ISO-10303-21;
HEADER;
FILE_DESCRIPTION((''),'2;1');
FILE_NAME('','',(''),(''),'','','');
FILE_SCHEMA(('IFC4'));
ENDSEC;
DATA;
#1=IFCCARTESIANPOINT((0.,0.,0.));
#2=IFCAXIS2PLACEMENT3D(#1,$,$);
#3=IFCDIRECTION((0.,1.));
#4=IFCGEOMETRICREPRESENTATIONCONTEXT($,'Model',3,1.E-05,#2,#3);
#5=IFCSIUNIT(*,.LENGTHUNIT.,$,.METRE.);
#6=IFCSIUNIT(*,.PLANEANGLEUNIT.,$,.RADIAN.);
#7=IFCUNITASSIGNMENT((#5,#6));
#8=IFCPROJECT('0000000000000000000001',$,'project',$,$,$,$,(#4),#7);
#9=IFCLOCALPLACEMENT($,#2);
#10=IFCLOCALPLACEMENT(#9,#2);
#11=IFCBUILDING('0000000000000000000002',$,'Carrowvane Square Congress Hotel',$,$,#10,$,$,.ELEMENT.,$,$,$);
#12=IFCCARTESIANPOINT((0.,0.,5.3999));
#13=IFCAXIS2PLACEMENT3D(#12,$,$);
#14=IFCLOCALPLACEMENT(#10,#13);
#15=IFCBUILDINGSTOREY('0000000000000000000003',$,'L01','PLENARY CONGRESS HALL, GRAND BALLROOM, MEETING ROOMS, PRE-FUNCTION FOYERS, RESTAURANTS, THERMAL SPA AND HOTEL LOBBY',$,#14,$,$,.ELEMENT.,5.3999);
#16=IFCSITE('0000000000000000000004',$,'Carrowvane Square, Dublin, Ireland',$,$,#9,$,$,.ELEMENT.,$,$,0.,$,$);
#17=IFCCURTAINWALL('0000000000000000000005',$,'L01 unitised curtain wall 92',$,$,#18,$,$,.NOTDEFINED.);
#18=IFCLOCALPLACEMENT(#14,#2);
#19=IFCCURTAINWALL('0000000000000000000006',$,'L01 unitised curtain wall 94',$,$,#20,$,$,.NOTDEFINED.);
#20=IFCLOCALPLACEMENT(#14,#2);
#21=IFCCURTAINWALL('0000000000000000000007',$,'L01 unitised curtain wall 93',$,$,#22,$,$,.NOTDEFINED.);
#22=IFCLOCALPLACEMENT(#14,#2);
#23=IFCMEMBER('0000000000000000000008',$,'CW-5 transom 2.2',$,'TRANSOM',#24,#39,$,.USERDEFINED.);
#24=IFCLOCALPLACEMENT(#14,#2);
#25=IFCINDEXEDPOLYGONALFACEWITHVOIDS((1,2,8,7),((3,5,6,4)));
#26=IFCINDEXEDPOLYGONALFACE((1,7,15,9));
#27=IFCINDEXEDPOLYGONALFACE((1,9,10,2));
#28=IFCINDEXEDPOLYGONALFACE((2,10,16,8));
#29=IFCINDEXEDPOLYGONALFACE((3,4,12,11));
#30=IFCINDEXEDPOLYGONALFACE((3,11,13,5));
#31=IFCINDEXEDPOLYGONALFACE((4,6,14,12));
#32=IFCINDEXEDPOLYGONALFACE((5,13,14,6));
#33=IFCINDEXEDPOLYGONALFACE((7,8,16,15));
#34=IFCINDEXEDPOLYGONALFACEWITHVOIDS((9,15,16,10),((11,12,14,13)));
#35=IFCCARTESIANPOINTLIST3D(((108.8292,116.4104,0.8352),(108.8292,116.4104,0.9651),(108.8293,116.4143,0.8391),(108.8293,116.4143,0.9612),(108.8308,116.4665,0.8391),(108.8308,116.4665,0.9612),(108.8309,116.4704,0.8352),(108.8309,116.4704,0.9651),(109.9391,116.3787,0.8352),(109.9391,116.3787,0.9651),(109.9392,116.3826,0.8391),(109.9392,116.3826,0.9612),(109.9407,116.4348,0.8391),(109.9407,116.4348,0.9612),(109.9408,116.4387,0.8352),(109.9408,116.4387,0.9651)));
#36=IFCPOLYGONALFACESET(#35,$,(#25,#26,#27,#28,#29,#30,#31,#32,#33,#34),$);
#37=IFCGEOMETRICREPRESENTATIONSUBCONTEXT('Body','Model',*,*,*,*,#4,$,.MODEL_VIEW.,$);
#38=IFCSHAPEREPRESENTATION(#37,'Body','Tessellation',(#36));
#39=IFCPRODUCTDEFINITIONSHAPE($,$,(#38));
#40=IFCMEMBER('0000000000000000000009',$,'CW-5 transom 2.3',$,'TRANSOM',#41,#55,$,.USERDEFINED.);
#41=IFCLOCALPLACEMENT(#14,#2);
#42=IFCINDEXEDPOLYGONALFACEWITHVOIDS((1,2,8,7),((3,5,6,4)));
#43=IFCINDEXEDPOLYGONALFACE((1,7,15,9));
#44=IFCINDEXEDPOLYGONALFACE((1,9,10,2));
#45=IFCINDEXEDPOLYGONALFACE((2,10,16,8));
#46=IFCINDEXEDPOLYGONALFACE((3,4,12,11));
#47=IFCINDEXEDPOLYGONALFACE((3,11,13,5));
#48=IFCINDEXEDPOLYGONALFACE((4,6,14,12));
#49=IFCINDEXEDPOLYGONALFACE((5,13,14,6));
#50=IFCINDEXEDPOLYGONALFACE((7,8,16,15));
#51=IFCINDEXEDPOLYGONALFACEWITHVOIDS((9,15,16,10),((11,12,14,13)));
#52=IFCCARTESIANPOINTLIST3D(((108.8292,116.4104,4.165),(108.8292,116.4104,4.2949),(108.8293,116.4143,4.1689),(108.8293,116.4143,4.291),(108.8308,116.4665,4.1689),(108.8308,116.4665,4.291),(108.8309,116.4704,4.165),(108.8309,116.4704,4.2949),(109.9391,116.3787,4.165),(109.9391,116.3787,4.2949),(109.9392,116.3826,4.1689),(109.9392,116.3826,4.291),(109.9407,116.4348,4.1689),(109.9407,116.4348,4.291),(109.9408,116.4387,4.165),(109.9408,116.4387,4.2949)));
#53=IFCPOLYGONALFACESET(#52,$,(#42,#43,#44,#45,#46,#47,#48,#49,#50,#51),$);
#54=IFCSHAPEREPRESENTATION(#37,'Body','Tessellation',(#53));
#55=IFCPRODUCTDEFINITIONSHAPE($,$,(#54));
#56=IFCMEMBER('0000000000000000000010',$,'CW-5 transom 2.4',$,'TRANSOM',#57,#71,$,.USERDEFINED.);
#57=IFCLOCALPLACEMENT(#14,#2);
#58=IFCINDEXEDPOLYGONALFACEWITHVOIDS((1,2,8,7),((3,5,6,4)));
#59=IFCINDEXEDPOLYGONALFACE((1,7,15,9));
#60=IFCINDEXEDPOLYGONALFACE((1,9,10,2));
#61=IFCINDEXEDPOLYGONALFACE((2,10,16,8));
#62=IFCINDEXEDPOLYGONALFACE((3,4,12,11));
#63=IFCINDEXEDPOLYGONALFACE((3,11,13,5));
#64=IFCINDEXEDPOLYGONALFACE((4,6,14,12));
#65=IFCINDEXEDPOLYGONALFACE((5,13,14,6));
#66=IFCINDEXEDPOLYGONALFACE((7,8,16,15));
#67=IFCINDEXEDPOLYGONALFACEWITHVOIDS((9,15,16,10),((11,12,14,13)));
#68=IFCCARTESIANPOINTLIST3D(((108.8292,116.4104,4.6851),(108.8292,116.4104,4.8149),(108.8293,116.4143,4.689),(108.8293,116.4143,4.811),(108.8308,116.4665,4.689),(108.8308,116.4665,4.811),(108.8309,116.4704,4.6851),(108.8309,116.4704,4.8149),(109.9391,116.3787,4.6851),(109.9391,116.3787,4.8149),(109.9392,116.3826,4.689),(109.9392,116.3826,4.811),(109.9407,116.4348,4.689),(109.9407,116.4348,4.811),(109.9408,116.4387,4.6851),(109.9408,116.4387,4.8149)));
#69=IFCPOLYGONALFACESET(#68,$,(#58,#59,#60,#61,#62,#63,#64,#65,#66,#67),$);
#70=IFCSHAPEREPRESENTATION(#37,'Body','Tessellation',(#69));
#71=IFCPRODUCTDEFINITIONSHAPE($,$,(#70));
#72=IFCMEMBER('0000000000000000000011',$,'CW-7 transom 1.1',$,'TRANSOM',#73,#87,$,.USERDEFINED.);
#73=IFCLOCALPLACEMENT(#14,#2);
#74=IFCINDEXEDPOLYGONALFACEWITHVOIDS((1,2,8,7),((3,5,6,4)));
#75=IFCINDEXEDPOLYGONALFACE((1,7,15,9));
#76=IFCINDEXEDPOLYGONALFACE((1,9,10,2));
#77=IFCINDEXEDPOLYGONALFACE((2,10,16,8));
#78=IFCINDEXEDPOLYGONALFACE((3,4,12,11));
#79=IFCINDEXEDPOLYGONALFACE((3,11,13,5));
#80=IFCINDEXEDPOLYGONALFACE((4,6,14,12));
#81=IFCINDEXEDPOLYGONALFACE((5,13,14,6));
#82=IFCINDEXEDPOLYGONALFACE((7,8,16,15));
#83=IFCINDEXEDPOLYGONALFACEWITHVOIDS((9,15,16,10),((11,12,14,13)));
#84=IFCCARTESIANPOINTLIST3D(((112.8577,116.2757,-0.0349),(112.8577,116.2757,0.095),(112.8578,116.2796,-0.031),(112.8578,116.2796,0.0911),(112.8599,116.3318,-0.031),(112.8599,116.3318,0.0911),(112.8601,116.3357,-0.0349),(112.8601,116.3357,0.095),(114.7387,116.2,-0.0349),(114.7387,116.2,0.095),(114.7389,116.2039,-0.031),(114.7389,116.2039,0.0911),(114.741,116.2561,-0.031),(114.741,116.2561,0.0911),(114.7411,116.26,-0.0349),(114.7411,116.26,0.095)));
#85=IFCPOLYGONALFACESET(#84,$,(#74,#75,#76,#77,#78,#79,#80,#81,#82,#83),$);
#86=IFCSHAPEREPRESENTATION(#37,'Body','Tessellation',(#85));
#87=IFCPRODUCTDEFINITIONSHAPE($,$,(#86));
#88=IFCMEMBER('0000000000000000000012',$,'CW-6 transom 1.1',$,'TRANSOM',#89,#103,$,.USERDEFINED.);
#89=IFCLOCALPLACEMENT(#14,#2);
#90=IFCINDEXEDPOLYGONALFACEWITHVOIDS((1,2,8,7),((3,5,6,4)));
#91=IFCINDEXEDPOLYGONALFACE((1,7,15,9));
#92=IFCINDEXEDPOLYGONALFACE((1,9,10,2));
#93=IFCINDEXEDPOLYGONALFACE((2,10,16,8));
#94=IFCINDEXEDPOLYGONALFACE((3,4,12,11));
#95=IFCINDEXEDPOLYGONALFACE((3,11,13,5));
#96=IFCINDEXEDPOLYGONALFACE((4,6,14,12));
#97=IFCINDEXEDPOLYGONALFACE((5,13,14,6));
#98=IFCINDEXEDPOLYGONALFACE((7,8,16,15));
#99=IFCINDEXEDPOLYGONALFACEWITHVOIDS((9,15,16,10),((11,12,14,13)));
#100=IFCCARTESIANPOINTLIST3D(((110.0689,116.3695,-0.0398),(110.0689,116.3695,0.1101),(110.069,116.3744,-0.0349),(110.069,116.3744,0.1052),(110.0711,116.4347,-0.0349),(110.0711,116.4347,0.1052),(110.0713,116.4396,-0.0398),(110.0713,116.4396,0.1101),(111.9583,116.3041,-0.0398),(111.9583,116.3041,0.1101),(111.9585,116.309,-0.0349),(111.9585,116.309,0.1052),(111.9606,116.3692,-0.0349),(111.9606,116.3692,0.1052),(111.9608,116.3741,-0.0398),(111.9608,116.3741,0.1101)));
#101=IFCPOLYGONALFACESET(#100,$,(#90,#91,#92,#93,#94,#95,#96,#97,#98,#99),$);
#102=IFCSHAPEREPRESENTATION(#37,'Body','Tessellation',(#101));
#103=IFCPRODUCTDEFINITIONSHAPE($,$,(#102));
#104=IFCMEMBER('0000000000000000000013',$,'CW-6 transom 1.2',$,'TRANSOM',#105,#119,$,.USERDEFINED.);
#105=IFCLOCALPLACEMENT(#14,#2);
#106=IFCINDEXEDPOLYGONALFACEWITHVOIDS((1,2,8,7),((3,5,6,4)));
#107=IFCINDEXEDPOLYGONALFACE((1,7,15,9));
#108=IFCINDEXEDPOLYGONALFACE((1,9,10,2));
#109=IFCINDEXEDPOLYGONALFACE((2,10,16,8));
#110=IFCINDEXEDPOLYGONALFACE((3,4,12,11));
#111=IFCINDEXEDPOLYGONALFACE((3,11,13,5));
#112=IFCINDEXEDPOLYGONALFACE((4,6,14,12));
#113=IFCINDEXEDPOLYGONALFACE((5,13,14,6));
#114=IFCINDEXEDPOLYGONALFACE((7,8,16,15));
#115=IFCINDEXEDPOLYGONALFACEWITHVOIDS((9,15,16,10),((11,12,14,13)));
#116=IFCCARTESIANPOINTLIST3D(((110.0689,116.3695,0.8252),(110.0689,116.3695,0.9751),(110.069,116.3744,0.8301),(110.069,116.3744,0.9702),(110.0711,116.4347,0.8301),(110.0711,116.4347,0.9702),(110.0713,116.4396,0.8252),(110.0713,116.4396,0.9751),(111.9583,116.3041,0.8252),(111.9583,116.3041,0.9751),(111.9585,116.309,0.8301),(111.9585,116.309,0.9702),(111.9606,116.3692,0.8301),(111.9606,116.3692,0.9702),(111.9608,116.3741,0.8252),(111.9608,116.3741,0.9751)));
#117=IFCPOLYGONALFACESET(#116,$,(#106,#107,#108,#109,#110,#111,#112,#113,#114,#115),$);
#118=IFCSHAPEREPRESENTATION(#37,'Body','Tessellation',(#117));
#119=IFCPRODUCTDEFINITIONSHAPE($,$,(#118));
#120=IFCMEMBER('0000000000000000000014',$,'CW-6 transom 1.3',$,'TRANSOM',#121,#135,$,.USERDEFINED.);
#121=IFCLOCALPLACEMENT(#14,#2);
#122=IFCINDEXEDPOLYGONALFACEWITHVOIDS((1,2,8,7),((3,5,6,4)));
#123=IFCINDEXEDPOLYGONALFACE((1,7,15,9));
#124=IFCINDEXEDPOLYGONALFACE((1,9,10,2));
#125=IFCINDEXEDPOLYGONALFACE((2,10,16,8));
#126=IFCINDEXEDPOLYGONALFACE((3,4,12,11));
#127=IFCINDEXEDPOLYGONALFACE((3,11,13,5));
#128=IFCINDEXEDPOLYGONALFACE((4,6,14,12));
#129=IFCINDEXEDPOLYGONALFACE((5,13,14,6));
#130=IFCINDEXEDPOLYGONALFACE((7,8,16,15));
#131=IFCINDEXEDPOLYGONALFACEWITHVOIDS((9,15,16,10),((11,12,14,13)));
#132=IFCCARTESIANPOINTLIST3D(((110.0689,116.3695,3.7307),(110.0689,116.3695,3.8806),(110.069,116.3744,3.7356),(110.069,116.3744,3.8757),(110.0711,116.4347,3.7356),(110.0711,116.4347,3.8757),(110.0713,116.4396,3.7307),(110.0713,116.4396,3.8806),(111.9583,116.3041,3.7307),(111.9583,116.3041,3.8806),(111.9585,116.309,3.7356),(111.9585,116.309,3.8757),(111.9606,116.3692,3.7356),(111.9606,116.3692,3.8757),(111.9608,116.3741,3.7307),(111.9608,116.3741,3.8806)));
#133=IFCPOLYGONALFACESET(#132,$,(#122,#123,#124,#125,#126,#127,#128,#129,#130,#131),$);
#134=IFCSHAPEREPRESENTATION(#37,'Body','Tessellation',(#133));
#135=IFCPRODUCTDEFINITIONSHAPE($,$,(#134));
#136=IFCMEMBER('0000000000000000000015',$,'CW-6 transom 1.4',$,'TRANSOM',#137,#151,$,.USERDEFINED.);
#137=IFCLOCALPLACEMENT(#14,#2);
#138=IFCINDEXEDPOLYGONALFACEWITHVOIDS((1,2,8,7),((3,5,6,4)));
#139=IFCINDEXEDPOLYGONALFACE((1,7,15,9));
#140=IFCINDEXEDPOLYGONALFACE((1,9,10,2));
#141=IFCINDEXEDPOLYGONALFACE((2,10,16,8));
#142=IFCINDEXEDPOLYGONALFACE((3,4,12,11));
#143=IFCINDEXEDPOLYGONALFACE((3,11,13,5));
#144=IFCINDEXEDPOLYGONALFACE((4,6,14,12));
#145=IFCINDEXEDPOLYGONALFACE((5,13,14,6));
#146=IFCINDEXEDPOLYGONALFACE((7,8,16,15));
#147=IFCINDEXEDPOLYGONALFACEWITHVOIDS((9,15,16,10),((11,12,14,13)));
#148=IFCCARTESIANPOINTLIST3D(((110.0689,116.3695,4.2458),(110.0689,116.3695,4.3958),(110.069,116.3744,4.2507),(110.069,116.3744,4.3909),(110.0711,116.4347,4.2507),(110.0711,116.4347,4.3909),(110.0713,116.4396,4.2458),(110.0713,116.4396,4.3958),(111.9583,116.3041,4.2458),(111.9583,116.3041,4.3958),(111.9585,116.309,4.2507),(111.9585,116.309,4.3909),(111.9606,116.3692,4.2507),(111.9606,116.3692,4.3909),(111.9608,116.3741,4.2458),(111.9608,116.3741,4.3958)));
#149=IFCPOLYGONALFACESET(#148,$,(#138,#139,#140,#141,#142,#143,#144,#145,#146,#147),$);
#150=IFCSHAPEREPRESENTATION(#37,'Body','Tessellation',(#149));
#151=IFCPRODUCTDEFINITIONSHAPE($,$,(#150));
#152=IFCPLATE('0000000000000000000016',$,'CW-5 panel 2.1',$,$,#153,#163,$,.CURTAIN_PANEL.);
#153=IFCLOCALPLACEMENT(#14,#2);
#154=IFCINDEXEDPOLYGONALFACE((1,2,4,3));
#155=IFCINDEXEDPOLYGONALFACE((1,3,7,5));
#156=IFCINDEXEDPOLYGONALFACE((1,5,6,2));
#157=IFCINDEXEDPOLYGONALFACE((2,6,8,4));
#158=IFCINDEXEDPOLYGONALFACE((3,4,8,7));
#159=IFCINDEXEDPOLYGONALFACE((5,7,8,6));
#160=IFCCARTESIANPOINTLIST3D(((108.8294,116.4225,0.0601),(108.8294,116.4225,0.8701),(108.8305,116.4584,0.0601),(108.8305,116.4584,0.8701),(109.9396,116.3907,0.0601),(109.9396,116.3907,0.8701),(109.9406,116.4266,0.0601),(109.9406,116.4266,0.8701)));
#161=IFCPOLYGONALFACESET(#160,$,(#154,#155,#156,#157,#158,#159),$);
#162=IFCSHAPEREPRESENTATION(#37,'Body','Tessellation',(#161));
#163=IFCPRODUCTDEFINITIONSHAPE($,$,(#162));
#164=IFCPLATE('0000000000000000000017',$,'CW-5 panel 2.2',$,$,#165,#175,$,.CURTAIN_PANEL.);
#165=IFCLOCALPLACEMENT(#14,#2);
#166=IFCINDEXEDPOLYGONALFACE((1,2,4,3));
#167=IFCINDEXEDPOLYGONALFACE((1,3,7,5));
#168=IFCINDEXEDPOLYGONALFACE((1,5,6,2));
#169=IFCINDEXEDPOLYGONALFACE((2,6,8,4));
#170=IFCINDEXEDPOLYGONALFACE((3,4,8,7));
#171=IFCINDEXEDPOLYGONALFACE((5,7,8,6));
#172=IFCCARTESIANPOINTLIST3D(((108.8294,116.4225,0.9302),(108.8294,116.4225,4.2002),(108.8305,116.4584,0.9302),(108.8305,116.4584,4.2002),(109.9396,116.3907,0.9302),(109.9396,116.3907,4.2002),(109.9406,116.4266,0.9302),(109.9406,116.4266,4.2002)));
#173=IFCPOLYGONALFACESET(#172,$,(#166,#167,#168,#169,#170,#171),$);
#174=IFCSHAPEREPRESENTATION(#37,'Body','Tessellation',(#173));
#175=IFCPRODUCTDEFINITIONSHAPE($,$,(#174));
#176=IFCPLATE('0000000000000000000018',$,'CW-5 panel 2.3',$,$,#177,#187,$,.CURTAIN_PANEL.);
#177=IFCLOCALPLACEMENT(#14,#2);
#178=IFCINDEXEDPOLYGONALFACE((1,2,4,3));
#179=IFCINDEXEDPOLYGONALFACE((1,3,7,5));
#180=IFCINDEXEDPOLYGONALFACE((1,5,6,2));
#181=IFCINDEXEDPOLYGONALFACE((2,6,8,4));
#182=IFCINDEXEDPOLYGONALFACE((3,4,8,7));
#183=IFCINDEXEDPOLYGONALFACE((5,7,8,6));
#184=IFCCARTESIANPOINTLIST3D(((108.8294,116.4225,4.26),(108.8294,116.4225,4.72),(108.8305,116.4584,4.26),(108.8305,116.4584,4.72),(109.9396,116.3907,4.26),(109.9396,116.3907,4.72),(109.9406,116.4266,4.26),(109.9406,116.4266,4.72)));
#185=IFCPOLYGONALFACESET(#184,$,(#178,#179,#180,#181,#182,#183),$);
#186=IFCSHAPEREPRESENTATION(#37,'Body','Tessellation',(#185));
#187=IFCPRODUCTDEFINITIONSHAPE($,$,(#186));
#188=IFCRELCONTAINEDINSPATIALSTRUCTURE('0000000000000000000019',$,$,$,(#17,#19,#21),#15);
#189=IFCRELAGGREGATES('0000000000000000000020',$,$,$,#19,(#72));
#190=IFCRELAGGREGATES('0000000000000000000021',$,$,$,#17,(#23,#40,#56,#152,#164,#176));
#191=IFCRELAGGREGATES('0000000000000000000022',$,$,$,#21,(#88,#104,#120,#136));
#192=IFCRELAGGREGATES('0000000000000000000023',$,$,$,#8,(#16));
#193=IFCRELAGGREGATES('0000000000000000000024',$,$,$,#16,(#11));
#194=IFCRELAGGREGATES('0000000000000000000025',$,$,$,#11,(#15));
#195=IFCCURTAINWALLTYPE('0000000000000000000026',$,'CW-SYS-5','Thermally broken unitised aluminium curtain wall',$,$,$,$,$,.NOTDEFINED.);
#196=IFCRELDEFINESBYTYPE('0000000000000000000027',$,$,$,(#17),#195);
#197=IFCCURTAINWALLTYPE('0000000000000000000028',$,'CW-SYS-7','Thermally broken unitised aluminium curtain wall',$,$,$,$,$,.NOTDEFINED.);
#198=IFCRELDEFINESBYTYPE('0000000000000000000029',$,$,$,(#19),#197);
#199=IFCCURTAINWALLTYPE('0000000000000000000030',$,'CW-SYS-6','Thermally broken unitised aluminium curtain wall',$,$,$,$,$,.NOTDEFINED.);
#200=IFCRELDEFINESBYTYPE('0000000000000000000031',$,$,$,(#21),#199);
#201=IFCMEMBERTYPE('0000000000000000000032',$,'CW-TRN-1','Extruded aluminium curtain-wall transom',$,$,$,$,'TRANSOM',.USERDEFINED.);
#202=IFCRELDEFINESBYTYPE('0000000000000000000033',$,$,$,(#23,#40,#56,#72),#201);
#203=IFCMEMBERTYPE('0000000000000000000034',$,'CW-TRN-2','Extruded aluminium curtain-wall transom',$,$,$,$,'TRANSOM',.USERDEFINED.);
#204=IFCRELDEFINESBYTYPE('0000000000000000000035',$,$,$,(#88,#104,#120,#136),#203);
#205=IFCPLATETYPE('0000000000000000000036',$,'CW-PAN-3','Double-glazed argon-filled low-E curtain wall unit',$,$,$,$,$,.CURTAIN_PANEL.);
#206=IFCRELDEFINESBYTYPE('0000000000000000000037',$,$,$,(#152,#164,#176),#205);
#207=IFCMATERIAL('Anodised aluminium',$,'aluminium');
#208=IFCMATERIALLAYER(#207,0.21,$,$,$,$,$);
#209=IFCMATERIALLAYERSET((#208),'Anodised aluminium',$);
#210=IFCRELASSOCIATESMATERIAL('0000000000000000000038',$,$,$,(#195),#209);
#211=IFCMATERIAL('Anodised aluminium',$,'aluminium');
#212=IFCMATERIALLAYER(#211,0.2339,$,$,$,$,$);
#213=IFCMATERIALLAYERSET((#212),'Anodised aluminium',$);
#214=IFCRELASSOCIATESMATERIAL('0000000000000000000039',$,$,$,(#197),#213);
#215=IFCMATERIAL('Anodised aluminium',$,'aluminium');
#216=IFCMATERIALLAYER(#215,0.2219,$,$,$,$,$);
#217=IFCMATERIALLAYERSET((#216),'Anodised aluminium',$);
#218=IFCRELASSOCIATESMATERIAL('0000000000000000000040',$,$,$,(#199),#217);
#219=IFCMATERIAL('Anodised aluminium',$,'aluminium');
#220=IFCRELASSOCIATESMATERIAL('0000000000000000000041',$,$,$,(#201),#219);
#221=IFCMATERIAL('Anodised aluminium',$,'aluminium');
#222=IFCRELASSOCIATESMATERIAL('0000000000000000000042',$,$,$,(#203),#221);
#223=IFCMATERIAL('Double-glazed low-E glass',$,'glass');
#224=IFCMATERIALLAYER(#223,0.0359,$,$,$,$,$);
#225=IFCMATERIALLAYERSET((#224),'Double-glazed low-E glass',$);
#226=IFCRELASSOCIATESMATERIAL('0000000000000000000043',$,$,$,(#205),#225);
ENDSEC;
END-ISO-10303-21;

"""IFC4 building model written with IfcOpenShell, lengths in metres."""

from ifc_helpers import new_model, si_unit, direction, frame, origin, origin_2d, place, context, subcontext, project, spatial, rectangle, hollow_rectangle, extrude, material, layer, layer_set, material_profile, profile_set, type_object, element, aggregate, save


model = new_model("IFC4")

# Units and contexts
model_context = context("Model", 3, precision=1e-05, world=origin(), true_north=direction((0.0, 1.0)))
body_context = subcontext(model_context, "Body", "Model", "MODEL_VIEW")
ifc_project = project(units=[si_unit("LENGTHUNIT", "METRE"), si_unit("PLANEANGLEUNIT", "RADIAN")], contexts=[model_context])

# Site, building, storey
site_placement = place(None, origin())
site = spatial("IfcSite", under=ifc_project, at=site_placement, Name="Carrowvane Square, Dublin, Ireland", CompositionType="ELEMENT", RefElevation=0.0)
building_placement = place(site_placement, origin())
building = spatial("IfcBuilding", under=site, at=building_placement, Name="Carrowvane Square Congress Hotel", CompositionType="ELEMENT")
storey_placement = place(building_placement, frame((0.0, 0.0, 5.3999)))
storey = spatial("IfcBuildingStorey", under=building, at=storey_placement, Name="L01", Description="PLENARY CONGRESS HALL, GRAND BALLROOM, MEETING ROOMS, PRE-FUNCTION FOYERS, RESTAURANTS, THERMAL SPA AND HOTEL LOBBY", CompositionType="ELEMENT", Elevation=5.3999)

# Curtain walls
ifc_material_1 = material(Name="Anodised aluminium", Category="aluminium")
ifc_layer_1 = layer(ifc_material_1, 0.21)
ifc_layer_set_1 = layer_set([ifc_layer_1], Name="Anodised aluminium")
curtain_wall_type_1 = type_object("IfcCurtainWallType", Name="CW-SYS-5", Description="Thermally broken unitised aluminium curtain wall", PredefinedType="NOTDEFINED", material=ifc_layer_set_1)
curtain_wall_1_placement = place(storey_placement, origin())
curtain_wall_1 = element("IfcCurtainWall", 1, at=curtain_wall_1_placement, inside=storey, type_object=curtain_wall_type_1, Name="L01 unitised curtain wall 92", PredefinedType="NOTDEFINED")
ifc_material_2 = material(Name="Anodised aluminium", Category="aluminium")
ifc_layer_2 = layer(ifc_material_2, 0.2339)
ifc_layer_set_2 = layer_set([ifc_layer_2], Name="Anodised aluminium")
curtain_wall_type_2 = type_object("IfcCurtainWallType", Name="CW-SYS-7", Description="Thermally broken unitised aluminium curtain wall", PredefinedType="NOTDEFINED", material=ifc_layer_set_2)
curtain_wall_2_placement = place(storey_placement, origin())
curtain_wall_2 = element("IfcCurtainWall", 2, at=curtain_wall_2_placement, inside=storey, type_object=curtain_wall_type_2, Name="L01 unitised curtain wall 94", PredefinedType="NOTDEFINED")

# Curtain wall
ifc_material_3 = material(Name="Anodised aluminium", Category="aluminium")
ifc_layer_3 = layer(ifc_material_3, 0.2219)
ifc_layer_set_3 = layer_set([ifc_layer_3], Name="Anodised aluminium")
curtain_wall_type_3 = type_object("IfcCurtainWallType", Name="CW-SYS-6", Description="Thermally broken unitised aluminium curtain wall", PredefinedType="NOTDEFINED", material=ifc_layer_set_3)
curtain_wall_3_placement = place(storey_placement, origin())
curtain_wall_3 = element("IfcCurtainWall", 3, at=curtain_wall_3_placement, inside=storey, type_object=curtain_wall_type_3, Name="L01 unitised curtain wall 93", PredefinedType="NOTDEFINED")

# Members
ifc_material_4 = material(Name="Anodised aluminium", Category="aluminium")
ifc_material_profile_1 = material_profile(ifc_material_4, hollow_rectangle(XDim=0.0601, YDim=0.1299, WallThickness=0.0039, at=origin_2d()), Name="CW-TR 60x130x4")
ifc_profile_set_1 = profile_set([ifc_material_profile_1], Name="Anodised aluminium")
member_type_1 = type_object("IfcMemberType", Name="CW-TRN-1", Description="Extruded aluminium curtain-wall transom", ElementType="TRANSOM", PredefinedType="USERDEFINED", material=ifc_profile_set_1)
member_1_placement = place(storey_placement, frame((108.8301, 116.4404, 0.9001), z_axis=(0.999591, -0.028585, 0.0), x_axis=(0.028585, 0.999591, 0.0)))
member_1 = element("IfcMember", 4, at=member_1_placement, type_object=member_type_1, Name="CW-5 transom 2.2", ObjectType="TRANSOM", PredefinedType="USERDEFINED", context=body_context, shape_type="SweptSolid", body=[
    extrude(hollow_rectangle(XDim=0.0601, YDim=0.1299, WallThickness=0.0039, at=origin_2d()), origin(), (0.0, 0.0, 1.0), 1.1104),
])
member_2_placement = place(storey_placement, frame((108.8301, 116.4404, 4.23), z_axis=(0.999591, -0.028585, 0.0), x_axis=(0.028585, 0.999591, 0.0)))
member_2 = element("IfcMember", 5, at=member_2_placement, type_object=member_type_1, Name="CW-5 transom 2.3", ObjectType="TRANSOM", PredefinedType="USERDEFINED", context=body_context, shape_type="SweptSolid", body=[
    extrude(hollow_rectangle(XDim=0.0601, YDim=0.1299, WallThickness=0.0039, at=origin_2d()), origin(), (0.0, 0.0, 1.0), 1.1104),
])
member_3_placement = place(storey_placement, frame((108.8301, 116.4404, 4.75), z_axis=(0.999591, -0.028585, 0.0), x_axis=(0.028585, 0.999591, 0.0)))
member_3 = element("IfcMember", 6, at=member_3_placement, type_object=member_type_1, Name="CW-5 transom 2.4", ObjectType="TRANSOM", PredefinedType="USERDEFINED", context=body_context, shape_type="SweptSolid", body=[
    extrude(hollow_rectangle(XDim=0.0601, YDim=0.1299, WallThickness=0.0039, at=origin_2d()), origin(), (0.0, 0.0, 1.0), 1.1104),
])
member_4_placement = place(storey_placement, frame((112.8589, 116.3057, 0.03), z_axis=(0.999192, -0.040201, 0.0), x_axis=(0.040201, 0.999192, 0.0)))
member_4 = element("IfcMember", 7, at=member_4_placement, type_object=member_type_1, Name="CW-7 transom 1.1", ObjectType="TRANSOM", PredefinedType="USERDEFINED", context=body_context, shape_type="SweptSolid", body=[
    extrude(hollow_rectangle(XDim=0.0601, YDim=0.1299, WallThickness=0.0039, at=origin_2d()), origin(), (0.0, 0.0, 1.0), 1.8826),
])
aggregate(curtain_wall_2, [member_4])
ifc_material_5 = material(Name="Anodised aluminium", Category="aluminium")
ifc_material_profile_2 = material_profile(ifc_material_5, hollow_rectangle(XDim=0.0701, YDim=0.1499, WallThickness=0.0049, at=origin_2d()), Name="CW-TR 70x150x5")
ifc_profile_set_2 = profile_set([ifc_material_profile_2], Name="Anodised aluminium")
member_type_2 = type_object("IfcMemberType", Name="CW-TRN-2", Description="Extruded aluminium curtain-wall transom", ElementType="TRANSOM", PredefinedType="USERDEFINED", material=ifc_profile_set_2)
member_5_placement = place(storey_placement, frame((110.0701, 116.4045, 0.0352), z_axis=(0.999401, -0.034609, 0.0), x_axis=(0.034609, 0.999401, 0.0)))
member_5 = element("IfcMember", 8, at=member_5_placement, type_object=member_type_2, Name="CW-6 transom 1.1", ObjectType="TRANSOM", PredefinedType="USERDEFINED", context=body_context, shape_type="SweptSolid", body=[
    extrude(hollow_rectangle(XDim=0.0701, YDim=0.1499, WallThickness=0.0049, at=origin_2d()), origin(), (0.0, 0.0, 1.0), 1.8906),
])
member_6_placement = place(storey_placement, frame((110.0701, 116.4045, 0.9001), z_axis=(0.999401, -0.034609, 0.0), x_axis=(0.034609, 0.999401, 0.0)))
member_6 = element("IfcMember", 9, at=member_6_placement, type_object=member_type_2, Name="CW-6 transom 1.2", ObjectType="TRANSOM", PredefinedType="USERDEFINED", context=body_context, shape_type="SweptSolid", body=[
    extrude(hollow_rectangle(XDim=0.0701, YDim=0.1499, WallThickness=0.0049, at=origin_2d()), origin(), (0.0, 0.0, 1.0), 1.8906),
])
member_7_placement = place(storey_placement, frame((110.0701, 116.4045, 3.8057), z_axis=(0.999401, -0.034609, 0.0), x_axis=(0.034609, 0.999401, 0.0)))
member_7 = element("IfcMember", 10, at=member_7_placement, type_object=member_type_2, Name="CW-6 transom 1.3", ObjectType="TRANSOM", PredefinedType="USERDEFINED", context=body_context, shape_type="SweptSolid", body=[
    extrude(hollow_rectangle(XDim=0.0701, YDim=0.1499, WallThickness=0.0049, at=origin_2d()), origin(), (0.0, 0.0, 1.0), 1.8906),
])
member_8_placement = place(storey_placement, frame((110.0701, 116.4045, 4.3208), z_axis=(0.999401, -0.034609, 0.0), x_axis=(0.034609, 0.999401, 0.0)))
member_8 = element("IfcMember", 11, at=member_8_placement, type_object=member_type_2, Name="CW-6 transom 1.4", ObjectType="TRANSOM", PredefinedType="USERDEFINED", context=body_context, shape_type="SweptSolid", body=[
    extrude(hollow_rectangle(XDim=0.0701, YDim=0.1499, WallThickness=0.0049, at=origin_2d()), origin(), (0.0, 0.0, 1.0), 1.8906),
])

# Plates
ifc_material_6 = material(Name="Double-glazed low-E glass", Category="glass")
ifc_layer_4 = layer(ifc_material_6, 0.0359)
ifc_layer_set_4 = layer_set([ifc_layer_4], Name="Double-glazed low-E glass")
plate_type_1 = type_object("IfcPlateType", Name="CW-PAN-3", Description="Double-glazed argon-filled low-E curtain wall unit", PredefinedType="CURTAIN_PANEL", material=ifc_layer_set_4)
plate_1_placement = place(storey_placement, frame((109.385, 116.4246, 0.0601), z_axis=(0.0, 0.0, 1.0), x_axis=(0.99959, -0.028638, 0.0)))
plate_1 = element("IfcPlate", 12, at=plate_1_placement, type_object=plate_type_1, Name="CW-5 panel 2.1", PredefinedType="CURTAIN_PANEL", context=body_context, shape_type="SweptSolid", body=[
    extrude(rectangle(XDim=1.1106, YDim=0.0359, at=origin_2d()), origin(), (0.0, 0.0, 1.0), 0.8101),
])
plate_2_placement = place(storey_placement, frame((109.385, 116.4246, 0.9302), z_axis=(0.0, 0.0, 1.0), x_axis=(0.99959, -0.028638, 0.0)))
plate_2 = element("IfcPlate", 13, at=plate_2_placement, type_object=plate_type_1, Name="CW-5 panel 2.2", PredefinedType="CURTAIN_PANEL", context=body_context, shape_type="SweptSolid", body=[
    extrude(rectangle(XDim=1.1106, YDim=0.0359, at=origin_2d()), origin(), (0.0, 0.0, 1.0), 3.27),
])
plate_3_placement = place(storey_placement, frame((109.385, 116.4246, 4.26), z_axis=(0.0, 0.0, 1.0), x_axis=(0.99959, -0.028638, 0.0)))
plate_3 = element("IfcPlate", 14, at=plate_3_placement, type_object=plate_type_1, Name="CW-5 panel 2.3", PredefinedType="CURTAIN_PANEL", context=body_context, shape_type="SweptSolid", body=[
    extrude(rectangle(XDim=1.1106, YDim=0.0359, at=origin_2d()), origin(), (0.0, 0.0, 1.0), 0.46),
])
aggregate(curtain_wall_1, [member_1, member_2, member_3, plate_1, plate_2, plate_3])
aggregate(curtain_wall_3, [member_5, member_6, member_7, member_8])

save(model, "model.ifc")
